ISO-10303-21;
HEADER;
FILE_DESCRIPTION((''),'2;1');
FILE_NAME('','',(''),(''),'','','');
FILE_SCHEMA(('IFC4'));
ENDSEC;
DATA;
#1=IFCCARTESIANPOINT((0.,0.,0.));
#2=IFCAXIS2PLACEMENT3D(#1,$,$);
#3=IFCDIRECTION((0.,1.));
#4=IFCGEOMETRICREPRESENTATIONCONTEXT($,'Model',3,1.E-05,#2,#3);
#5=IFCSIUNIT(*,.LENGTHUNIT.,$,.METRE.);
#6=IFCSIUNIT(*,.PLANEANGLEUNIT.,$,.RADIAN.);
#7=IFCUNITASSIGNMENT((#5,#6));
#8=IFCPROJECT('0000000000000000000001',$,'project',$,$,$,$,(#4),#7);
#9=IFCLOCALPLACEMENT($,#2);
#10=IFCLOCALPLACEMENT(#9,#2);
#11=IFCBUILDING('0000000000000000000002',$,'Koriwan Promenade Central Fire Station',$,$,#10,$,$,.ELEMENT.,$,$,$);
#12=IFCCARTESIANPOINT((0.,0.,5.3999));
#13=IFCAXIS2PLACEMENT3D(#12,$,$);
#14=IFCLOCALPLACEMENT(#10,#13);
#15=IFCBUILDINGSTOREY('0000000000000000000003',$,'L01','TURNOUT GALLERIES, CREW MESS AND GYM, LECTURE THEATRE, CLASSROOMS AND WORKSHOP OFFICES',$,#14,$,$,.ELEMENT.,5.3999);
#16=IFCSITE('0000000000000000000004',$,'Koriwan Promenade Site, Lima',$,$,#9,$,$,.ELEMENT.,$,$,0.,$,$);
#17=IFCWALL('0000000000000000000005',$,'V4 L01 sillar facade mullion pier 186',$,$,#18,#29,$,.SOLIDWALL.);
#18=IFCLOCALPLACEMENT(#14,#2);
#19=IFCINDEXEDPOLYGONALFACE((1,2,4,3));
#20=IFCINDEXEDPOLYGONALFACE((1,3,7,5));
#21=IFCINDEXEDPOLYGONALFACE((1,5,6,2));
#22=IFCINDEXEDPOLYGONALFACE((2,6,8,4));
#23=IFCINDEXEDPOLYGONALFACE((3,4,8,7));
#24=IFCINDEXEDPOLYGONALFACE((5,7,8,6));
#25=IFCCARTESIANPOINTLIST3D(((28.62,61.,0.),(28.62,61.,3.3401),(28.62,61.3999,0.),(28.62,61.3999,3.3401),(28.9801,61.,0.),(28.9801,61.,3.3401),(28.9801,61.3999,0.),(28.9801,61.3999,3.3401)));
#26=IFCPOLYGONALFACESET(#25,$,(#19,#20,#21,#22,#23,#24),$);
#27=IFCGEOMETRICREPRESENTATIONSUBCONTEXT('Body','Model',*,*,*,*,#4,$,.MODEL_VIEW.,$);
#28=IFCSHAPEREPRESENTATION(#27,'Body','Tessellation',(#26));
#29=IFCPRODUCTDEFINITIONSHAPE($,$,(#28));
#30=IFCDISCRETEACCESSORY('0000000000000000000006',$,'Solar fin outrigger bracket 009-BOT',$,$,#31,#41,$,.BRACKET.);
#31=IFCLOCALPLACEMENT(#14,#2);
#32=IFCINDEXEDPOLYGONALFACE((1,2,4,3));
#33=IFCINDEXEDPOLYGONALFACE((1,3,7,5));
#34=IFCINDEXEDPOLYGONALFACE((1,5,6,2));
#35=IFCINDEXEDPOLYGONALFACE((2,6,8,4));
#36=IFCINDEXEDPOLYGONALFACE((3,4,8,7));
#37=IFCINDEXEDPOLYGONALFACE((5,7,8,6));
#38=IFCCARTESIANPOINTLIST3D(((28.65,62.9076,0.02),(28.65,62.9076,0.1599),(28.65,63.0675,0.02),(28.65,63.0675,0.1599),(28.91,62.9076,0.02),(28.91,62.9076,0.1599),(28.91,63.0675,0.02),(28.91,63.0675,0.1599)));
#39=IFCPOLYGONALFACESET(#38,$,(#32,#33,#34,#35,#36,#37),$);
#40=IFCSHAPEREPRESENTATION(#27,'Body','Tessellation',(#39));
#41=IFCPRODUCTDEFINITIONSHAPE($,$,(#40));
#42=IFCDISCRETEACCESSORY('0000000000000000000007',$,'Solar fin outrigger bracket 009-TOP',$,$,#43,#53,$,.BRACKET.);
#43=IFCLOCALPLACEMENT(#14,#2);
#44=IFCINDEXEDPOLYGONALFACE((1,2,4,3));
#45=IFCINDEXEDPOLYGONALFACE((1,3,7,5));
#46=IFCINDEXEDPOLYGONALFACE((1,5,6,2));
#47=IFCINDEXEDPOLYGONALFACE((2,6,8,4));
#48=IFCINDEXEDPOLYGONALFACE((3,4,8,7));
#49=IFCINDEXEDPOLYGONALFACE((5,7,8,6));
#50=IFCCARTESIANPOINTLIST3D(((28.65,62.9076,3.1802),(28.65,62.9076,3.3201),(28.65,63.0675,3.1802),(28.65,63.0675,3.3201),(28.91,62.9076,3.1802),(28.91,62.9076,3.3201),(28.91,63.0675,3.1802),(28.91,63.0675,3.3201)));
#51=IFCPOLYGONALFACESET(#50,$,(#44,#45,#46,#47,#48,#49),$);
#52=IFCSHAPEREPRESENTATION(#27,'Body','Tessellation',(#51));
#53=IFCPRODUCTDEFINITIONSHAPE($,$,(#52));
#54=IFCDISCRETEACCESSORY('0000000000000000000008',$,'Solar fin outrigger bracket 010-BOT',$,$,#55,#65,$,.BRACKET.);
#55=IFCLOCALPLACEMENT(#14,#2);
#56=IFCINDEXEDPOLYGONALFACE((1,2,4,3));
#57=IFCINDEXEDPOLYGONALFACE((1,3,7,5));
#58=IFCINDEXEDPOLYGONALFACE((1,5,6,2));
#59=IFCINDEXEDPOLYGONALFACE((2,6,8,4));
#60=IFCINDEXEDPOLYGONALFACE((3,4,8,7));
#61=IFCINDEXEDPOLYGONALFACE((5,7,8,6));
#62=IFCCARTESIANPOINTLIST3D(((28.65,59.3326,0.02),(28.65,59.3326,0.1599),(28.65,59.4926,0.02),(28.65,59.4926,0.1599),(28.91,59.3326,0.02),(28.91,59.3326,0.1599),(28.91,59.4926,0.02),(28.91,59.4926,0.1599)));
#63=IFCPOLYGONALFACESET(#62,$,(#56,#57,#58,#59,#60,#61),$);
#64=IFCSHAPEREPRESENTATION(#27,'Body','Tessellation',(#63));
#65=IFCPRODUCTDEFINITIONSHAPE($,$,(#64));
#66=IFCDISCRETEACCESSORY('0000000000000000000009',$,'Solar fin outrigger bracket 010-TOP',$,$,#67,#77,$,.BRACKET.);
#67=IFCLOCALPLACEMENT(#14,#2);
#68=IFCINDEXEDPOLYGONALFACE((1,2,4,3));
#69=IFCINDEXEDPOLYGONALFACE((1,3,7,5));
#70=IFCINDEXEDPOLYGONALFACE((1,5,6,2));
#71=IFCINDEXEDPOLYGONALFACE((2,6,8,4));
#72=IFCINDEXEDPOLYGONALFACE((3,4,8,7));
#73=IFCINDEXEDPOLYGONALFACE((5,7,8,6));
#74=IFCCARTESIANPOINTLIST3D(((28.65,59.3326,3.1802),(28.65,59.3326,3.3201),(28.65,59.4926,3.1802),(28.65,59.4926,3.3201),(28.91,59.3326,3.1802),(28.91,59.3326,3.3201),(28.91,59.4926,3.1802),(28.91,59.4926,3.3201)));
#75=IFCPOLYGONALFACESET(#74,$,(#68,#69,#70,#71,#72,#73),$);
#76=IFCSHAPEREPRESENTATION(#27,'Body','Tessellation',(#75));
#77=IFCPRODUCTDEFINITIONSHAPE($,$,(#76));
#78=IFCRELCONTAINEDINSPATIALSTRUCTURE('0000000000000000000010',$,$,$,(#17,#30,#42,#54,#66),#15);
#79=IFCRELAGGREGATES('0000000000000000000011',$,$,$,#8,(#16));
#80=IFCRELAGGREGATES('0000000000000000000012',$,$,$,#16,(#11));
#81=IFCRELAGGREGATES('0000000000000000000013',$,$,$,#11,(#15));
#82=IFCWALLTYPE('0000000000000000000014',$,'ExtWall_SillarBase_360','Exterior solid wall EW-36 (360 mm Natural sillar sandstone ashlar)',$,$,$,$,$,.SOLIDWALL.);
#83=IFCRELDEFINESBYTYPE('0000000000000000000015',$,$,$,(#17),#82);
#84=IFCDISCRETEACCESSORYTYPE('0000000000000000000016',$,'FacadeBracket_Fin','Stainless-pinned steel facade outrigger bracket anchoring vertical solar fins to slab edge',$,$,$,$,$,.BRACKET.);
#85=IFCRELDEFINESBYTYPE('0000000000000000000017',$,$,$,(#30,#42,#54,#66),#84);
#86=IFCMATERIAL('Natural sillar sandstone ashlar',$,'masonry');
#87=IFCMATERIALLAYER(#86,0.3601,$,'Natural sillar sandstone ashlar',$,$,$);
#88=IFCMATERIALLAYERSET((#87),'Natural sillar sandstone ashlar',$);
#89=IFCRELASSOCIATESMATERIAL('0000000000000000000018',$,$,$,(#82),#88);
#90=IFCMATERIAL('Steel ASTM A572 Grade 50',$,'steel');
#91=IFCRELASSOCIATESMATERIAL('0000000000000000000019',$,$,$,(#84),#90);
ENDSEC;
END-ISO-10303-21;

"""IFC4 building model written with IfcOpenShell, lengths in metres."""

from ifc_helpers import new_model, si_unit, direction, frame, frame_2d, origin, origin_2d, place, context, subcontext, project, spatial, rectangle, extrude, material, layer, layer_set, type_object, element, save


model = new_model("IFC4")

# Units and contexts
model_context = context("Model", 3, precision=1e-05, world=origin(), true_north=direction((0.0, 1.0)))
body_context = subcontext(model_context, "Body", "Model", "MODEL_VIEW")
ifc_project = project(units=[si_unit("LENGTHUNIT", "METRE"), si_unit("PLANEANGLEUNIT", "RADIAN")], contexts=[model_context])

# Site, building, storey
site_placement = place(None, origin())
site = spatial("IfcSite", under=ifc_project, at=site_placement, Name="Koriwan Promenade Site, Lima", CompositionType="ELEMENT", RefElevation=0.0)
building_placement = place(site_placement, origin())
building = spatial("IfcBuilding", under=site, at=building_placement, Name="Koriwan Promenade Central Fire Station", CompositionType="ELEMENT")
storey_placement = place(building_placement, frame((0.0, 0.0, 5.3999)))
storey = spatial("IfcBuildingStorey", under=building, at=storey_placement, Name="L01", Description="TURNOUT GALLERIES, CREW MESS AND GYM, LECTURE THEATRE, CLASSROOMS AND WORKSHOP OFFICES", CompositionType="ELEMENT", Elevation=5.3999)

# Wall
ifc_material_1 = material(Name="Natural sillar sandstone ashlar", Category="masonry")
ifc_layer_1 = layer(ifc_material_1, 0.3601, Name="Natural sillar sandstone ashlar")
ifc_layer_set_1 = layer_set([ifc_layer_1], Name="Natural sillar sandstone ashlar")
wall_type = type_object("IfcWallType", Name="ExtWall_SillarBase_360", Description="Exterior solid wall EW-36 (360 mm Natural sillar sandstone ashlar)", PredefinedType="SOLIDWALL", material=ifc_layer_set_1)
wall_placement = place(storey_placement, frame((28.8, 61.3999, 0.0), z_axis=(0.0, 0.0, 1.0), x_axis=(0.0, -1.0, 0.0)))
element("IfcWall", 1, at=wall_placement, inside=storey, type_object=wall_type, Name="V4 L01 sillar facade mullion pier 186", PredefinedType="SOLIDWALL", context=body_context, shape_type="SweptSolid", body=[
    extrude(rectangle(XDim=0.3999, YDim=0.3601, at=frame_2d((0.2, 0.0))), origin(), (0.0, 0.0, 1.0), 3.3401),
])

# Discrete accessories
ifc_material_2 = material(Name="Steel ASTM A572 Grade 50", Category="steel")
discrete_accessory_type = type_object("IfcDiscreteAccessoryType", Name="FacadeBracket_Fin", Description="Stainless-pinned steel facade outrigger bracket anchoring vertical solar fins to slab edge", PredefinedType="BRACKET", material=ifc_material_2)
for number, where, z_axis, x_axis, name in (
    (2, (28.78, 62.9875, 0.02), (0.0, 0.0, 1.0), (-1.0, 0.0, 0.0), "Solar fin outrigger bracket 009-BOT"),
    (3, (28.78, 62.9875, 3.1802), (0.0, 0.0, 1.0), (-1.0, 0.0, 0.0), "Solar fin outrigger bracket 009-TOP"),
    (4, (28.78, 59.4126, 0.02), (0.0, 0.0, 1.0), (-1.0, 0.0, 0.0), "Solar fin outrigger bracket 010-BOT"),
    (5, (28.78, 59.4126, 3.1802), (0.0, 0.0, 1.0), (-1.0, 0.0, 0.0), "Solar fin outrigger bracket 010-TOP"),
):
    element("IfcDiscreteAccessory", number, at=place(storey_placement, frame(where, z_axis=z_axis, x_axis=x_axis)), inside=storey, type_object=discrete_accessory_type, Name=name, PredefinedType="BRACKET", context=body_context, shape_type="SweptSolid", body=[
        extrude(rectangle(XDim=0.26, YDim=0.1599, at=origin_2d()), origin(), (0.0, 0.0, 1.0), 0.1399),
    ])

save(model, "model.ifc")
